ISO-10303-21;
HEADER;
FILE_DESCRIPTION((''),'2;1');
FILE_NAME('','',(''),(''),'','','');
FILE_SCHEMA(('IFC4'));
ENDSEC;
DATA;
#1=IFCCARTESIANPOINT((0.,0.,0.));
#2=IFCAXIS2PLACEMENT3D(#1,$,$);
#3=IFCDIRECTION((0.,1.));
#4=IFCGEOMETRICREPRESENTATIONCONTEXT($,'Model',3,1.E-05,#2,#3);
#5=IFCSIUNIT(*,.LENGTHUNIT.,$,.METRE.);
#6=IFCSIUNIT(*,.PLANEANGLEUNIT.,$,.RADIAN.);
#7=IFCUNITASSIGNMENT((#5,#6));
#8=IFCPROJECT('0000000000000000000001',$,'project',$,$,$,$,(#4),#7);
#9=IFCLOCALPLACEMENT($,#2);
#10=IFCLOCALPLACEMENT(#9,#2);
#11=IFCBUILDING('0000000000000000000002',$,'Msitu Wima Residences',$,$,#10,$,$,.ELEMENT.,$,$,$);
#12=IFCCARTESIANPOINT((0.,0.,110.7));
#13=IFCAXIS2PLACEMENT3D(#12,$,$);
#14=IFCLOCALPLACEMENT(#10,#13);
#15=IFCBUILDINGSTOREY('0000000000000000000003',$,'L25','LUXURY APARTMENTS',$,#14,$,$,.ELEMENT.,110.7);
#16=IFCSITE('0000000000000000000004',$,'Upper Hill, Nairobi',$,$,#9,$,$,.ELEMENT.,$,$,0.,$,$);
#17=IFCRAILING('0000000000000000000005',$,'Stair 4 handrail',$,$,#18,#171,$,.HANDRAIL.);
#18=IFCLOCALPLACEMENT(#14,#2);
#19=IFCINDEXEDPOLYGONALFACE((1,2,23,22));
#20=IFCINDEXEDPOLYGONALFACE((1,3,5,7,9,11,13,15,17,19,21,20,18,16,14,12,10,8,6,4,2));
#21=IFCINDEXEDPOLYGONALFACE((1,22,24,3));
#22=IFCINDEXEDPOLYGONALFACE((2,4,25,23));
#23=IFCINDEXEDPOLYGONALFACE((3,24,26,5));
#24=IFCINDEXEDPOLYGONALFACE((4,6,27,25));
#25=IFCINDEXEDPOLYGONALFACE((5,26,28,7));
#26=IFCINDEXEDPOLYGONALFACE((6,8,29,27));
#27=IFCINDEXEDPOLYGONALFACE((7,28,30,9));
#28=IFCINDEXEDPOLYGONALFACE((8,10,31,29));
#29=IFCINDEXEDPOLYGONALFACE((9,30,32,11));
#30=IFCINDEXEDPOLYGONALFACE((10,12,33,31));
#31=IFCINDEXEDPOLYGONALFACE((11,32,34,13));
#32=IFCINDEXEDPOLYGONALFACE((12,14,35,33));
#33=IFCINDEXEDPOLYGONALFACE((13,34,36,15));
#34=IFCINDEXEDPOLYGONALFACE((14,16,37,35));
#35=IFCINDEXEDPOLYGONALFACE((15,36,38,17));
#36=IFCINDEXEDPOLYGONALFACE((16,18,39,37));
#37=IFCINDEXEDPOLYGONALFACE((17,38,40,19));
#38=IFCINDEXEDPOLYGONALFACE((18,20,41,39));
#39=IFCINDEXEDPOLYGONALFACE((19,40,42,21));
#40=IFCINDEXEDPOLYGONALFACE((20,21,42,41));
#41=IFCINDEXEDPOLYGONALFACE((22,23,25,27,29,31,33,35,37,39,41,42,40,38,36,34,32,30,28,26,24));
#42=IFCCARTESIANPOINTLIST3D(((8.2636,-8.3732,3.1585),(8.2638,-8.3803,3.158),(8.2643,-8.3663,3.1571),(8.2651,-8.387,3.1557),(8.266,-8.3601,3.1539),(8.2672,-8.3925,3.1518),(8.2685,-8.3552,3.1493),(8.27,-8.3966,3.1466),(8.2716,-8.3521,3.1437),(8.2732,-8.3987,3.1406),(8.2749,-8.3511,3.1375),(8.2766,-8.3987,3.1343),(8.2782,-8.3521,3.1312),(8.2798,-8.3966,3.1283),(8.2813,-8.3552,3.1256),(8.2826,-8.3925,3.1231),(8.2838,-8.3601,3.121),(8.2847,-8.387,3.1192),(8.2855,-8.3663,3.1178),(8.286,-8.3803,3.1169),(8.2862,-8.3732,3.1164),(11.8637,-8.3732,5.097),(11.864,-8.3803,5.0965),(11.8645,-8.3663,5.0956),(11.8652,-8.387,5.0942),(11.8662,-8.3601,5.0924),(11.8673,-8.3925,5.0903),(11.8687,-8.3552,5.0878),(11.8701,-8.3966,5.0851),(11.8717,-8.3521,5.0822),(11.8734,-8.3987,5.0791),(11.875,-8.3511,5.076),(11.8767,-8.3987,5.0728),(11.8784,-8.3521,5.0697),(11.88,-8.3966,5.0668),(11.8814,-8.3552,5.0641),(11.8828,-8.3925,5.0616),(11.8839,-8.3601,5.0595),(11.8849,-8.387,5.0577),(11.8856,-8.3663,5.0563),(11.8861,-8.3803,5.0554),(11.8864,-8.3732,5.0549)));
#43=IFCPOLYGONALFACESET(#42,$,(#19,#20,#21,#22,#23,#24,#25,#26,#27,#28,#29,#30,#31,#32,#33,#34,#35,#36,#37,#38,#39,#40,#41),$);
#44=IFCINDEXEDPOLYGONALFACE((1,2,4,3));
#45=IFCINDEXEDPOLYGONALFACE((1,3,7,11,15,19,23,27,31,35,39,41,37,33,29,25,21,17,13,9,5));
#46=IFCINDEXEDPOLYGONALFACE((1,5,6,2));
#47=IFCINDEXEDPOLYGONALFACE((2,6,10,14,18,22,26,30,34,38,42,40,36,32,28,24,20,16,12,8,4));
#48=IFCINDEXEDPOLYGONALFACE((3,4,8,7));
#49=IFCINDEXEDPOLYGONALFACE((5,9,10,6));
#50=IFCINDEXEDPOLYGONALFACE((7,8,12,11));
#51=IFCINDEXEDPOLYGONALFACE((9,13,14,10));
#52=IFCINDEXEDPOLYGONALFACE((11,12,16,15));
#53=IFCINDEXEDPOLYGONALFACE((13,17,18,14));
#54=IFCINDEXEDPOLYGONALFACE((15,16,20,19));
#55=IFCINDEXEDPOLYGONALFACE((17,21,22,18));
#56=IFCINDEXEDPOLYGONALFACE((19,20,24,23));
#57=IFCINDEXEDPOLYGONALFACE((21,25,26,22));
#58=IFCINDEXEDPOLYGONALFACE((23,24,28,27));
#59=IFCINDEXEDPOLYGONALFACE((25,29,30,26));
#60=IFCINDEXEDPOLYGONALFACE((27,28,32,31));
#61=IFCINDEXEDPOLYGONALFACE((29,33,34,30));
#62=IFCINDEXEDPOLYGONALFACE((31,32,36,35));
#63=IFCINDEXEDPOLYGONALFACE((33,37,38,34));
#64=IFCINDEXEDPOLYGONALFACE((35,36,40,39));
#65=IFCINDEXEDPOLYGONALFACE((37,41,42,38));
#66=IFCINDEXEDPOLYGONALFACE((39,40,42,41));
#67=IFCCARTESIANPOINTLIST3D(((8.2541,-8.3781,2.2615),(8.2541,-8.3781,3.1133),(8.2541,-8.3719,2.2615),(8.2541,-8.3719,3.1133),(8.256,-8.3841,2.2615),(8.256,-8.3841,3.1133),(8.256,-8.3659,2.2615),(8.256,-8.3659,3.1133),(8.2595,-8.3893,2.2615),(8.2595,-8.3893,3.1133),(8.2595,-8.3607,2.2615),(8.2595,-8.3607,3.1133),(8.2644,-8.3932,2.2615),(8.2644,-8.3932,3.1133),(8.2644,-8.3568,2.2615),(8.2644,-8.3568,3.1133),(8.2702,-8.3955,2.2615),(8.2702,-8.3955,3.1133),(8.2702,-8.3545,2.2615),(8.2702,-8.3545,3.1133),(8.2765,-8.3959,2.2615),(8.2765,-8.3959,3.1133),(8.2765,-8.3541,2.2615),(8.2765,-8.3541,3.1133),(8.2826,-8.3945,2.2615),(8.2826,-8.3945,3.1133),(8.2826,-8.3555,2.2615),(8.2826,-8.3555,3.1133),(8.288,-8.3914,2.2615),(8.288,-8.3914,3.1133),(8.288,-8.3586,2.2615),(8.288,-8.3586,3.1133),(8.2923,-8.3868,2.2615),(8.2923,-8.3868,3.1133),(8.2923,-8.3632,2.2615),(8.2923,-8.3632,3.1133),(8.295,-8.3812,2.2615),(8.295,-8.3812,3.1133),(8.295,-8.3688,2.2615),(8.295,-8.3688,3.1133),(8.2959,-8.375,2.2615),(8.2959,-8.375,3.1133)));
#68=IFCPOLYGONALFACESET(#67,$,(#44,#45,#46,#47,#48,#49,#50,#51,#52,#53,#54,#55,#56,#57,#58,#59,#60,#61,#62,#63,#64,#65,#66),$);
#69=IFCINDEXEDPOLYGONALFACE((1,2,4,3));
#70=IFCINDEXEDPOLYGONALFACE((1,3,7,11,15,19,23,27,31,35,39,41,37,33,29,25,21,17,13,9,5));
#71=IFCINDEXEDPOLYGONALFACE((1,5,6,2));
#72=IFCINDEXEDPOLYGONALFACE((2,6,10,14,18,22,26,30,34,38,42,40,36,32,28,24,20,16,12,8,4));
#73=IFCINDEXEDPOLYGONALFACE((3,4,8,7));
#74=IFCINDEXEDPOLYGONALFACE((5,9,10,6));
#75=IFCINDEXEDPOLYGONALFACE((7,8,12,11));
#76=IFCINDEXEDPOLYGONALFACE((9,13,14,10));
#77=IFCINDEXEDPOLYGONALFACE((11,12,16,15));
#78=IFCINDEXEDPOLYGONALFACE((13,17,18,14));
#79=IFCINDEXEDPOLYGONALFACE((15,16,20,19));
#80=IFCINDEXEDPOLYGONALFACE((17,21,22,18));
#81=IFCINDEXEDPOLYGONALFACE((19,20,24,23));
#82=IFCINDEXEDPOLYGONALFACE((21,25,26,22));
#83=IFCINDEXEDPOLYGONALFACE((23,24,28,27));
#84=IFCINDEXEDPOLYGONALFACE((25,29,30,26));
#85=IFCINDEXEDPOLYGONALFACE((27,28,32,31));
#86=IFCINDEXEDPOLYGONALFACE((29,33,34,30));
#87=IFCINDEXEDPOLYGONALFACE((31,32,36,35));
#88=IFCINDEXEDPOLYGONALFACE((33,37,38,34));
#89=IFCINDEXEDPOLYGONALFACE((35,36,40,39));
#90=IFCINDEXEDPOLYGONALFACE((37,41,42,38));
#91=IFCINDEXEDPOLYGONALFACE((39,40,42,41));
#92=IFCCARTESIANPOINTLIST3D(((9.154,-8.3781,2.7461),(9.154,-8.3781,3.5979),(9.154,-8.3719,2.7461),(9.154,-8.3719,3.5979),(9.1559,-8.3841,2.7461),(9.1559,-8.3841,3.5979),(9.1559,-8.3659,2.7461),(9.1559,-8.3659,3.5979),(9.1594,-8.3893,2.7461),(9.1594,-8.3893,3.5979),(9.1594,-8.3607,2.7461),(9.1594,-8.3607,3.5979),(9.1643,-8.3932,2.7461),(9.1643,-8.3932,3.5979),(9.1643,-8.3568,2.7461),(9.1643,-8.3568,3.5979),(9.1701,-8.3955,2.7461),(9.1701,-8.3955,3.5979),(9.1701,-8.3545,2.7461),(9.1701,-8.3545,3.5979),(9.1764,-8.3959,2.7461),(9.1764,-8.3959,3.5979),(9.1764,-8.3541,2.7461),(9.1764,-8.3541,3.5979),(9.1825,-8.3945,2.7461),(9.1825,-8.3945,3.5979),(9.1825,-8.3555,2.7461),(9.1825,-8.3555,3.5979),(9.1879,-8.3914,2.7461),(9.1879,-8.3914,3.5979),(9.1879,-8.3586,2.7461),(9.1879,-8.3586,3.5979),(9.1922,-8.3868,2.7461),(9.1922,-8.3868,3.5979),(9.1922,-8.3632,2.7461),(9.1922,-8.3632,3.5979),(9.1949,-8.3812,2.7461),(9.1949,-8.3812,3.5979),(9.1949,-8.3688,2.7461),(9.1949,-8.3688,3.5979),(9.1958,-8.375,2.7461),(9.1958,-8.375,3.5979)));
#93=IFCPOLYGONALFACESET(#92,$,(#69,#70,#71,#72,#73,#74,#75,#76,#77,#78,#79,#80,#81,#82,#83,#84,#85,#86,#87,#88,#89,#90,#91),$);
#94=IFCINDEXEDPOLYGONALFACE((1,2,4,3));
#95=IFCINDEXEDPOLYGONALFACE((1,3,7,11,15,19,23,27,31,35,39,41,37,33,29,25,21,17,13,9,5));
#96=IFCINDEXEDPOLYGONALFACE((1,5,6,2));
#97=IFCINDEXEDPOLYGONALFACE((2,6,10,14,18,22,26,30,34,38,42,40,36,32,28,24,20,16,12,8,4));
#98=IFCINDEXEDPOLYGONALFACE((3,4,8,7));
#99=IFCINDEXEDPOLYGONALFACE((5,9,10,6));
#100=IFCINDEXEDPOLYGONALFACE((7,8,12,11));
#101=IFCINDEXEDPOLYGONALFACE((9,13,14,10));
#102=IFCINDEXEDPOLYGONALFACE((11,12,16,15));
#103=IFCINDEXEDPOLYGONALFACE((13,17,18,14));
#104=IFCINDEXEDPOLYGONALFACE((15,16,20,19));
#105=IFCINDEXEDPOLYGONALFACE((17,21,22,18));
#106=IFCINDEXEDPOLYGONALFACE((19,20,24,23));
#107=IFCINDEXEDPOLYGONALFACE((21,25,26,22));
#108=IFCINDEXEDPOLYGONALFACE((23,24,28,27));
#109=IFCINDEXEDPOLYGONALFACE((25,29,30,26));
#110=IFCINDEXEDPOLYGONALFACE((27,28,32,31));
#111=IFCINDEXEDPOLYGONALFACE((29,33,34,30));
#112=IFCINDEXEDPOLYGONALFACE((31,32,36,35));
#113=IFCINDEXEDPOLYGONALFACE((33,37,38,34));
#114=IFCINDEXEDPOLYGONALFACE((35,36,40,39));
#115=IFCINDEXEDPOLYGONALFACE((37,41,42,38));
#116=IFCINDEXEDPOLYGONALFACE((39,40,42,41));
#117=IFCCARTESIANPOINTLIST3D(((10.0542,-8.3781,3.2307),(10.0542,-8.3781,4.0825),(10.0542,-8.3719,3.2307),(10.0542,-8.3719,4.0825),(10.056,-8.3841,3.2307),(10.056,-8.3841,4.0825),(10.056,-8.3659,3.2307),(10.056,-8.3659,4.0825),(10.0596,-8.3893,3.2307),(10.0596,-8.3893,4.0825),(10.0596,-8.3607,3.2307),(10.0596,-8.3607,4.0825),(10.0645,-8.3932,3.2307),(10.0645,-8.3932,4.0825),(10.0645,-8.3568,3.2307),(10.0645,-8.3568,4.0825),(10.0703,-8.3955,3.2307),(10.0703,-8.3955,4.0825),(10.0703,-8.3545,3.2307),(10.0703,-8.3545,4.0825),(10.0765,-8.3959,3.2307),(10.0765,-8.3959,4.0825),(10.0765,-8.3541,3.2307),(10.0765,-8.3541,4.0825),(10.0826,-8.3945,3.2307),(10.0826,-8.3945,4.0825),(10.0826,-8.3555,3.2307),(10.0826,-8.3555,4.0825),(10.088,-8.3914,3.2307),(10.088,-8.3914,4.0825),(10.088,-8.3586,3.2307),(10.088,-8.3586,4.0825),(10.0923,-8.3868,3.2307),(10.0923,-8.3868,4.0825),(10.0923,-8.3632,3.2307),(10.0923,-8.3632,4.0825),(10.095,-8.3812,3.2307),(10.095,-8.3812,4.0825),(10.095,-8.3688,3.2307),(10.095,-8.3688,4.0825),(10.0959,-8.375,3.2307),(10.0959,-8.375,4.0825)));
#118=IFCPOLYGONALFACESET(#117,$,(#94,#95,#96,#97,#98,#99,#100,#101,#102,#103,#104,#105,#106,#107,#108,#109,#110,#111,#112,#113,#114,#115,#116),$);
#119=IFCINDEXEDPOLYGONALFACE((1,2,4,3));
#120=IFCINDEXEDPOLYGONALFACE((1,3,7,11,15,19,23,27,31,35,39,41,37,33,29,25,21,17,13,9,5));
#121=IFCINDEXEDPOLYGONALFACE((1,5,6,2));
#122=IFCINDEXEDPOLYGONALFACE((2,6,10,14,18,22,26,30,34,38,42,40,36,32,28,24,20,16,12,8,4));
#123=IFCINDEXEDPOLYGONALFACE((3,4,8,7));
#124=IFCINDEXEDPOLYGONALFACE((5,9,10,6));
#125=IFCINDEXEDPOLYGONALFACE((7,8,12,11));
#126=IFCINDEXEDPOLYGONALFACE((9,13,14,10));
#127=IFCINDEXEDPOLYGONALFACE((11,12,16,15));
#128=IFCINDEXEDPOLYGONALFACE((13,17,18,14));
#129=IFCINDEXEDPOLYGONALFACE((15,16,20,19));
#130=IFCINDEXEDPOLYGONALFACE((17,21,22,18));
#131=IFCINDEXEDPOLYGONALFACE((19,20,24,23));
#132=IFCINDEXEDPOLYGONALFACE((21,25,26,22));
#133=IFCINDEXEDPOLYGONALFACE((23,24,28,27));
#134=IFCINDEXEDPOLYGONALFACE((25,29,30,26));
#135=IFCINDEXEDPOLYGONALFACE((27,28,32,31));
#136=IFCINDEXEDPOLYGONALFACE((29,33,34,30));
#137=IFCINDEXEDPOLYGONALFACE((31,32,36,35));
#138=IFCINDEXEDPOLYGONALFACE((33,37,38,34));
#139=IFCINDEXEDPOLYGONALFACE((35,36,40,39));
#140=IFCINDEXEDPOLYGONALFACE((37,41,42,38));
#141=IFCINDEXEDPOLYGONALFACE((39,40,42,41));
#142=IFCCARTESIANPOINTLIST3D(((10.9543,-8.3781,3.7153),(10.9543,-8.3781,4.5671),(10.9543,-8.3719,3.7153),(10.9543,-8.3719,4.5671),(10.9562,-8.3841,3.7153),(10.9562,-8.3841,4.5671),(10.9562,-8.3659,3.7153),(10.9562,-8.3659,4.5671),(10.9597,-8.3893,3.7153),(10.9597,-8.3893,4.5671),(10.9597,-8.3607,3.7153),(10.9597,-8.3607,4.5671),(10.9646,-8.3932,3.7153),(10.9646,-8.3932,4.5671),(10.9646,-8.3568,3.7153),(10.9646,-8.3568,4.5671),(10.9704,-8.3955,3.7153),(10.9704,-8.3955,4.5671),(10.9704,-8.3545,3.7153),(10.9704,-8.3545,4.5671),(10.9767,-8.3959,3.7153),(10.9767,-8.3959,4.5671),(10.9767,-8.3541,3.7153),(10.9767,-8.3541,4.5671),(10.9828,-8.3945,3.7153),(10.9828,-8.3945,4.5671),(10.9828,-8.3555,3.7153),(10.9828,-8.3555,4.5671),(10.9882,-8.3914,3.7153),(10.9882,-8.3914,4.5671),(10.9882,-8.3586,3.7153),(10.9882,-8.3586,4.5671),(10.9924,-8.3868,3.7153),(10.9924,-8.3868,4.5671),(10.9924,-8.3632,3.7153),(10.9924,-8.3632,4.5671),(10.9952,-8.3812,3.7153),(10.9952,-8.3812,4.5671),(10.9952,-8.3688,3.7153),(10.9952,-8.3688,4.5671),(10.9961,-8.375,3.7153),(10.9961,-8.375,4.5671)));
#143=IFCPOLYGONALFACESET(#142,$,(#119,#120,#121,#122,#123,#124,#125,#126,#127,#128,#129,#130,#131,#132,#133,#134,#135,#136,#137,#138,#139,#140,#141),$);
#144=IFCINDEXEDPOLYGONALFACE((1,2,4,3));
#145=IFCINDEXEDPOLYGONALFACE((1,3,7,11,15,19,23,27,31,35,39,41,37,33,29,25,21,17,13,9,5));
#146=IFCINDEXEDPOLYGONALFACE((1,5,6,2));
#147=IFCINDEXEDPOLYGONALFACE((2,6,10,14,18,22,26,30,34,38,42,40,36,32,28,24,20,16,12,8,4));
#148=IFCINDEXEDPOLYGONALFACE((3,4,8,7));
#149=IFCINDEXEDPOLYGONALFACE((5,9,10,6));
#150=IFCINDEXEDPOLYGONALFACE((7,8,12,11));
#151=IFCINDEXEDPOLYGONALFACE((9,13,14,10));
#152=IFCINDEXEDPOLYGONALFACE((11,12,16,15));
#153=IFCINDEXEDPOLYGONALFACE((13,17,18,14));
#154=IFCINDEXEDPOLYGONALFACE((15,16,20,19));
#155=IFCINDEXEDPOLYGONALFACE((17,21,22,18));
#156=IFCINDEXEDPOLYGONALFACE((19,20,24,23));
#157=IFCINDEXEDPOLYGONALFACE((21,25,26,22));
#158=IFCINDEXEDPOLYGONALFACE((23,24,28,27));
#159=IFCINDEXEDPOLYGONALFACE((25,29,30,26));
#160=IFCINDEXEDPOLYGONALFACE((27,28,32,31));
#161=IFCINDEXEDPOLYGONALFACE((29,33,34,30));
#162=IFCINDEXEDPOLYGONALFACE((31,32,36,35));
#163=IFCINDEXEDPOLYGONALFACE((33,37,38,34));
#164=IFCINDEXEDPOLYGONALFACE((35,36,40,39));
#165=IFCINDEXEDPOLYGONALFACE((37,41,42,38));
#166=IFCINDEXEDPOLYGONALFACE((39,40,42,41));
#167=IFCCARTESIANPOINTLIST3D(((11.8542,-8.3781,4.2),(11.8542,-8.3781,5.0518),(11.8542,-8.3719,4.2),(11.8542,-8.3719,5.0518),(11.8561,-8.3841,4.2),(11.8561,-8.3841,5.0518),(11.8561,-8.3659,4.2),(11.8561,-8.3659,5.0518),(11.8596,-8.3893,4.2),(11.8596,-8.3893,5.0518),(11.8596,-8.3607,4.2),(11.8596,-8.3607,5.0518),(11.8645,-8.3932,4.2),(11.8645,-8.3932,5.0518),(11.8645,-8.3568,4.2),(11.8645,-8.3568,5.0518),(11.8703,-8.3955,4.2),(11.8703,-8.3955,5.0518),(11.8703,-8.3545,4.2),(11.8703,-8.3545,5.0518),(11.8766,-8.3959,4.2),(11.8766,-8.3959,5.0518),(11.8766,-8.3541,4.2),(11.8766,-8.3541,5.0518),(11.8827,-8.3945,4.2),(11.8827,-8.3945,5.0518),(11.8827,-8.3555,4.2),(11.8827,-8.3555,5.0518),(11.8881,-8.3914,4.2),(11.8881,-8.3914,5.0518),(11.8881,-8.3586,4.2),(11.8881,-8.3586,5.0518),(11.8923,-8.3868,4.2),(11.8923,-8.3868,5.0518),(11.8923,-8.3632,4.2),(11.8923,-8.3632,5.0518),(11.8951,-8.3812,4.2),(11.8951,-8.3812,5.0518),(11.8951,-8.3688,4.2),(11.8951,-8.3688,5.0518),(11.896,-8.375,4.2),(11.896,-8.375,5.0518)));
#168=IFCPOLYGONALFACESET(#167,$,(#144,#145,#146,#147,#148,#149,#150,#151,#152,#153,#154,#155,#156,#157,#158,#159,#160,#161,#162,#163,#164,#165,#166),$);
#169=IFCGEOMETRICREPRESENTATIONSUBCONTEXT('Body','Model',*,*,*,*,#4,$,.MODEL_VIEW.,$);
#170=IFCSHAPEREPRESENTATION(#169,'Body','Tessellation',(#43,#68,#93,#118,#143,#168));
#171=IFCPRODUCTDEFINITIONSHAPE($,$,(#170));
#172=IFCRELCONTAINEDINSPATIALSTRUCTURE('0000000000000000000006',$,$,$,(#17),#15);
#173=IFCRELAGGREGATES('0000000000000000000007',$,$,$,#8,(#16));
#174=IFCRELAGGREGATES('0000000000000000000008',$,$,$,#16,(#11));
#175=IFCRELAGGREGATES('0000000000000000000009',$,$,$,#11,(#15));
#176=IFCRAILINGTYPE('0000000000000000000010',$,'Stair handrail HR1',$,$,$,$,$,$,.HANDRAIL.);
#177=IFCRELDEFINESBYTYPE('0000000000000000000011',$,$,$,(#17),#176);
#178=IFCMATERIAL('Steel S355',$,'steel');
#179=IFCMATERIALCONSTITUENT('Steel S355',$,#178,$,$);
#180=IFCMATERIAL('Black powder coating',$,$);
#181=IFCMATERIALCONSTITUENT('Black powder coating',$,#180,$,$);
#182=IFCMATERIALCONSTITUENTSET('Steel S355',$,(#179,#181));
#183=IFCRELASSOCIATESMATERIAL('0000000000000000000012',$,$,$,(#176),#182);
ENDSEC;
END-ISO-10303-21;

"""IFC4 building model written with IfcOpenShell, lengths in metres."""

from ifc_helpers import new_model, si_unit, direction, frame, origin, origin_2d, place, context, subcontext, project, spatial, circle, extrude, material, constituent, constituent_set, type_object, element, save


model = new_model("IFC4")

# Units and contexts
model_context = context("Model", 3, precision=1e-05, world=origin(), true_north=direction((0.0, 1.0)))
body_context = subcontext(model_context, "Body", "Model", "MODEL_VIEW")
ifc_project = project(units=[si_unit("LENGTHUNIT", "METRE"), si_unit("PLANEANGLEUNIT", "RADIAN")], contexts=[model_context])

# Site, building, storey
site_placement = place(None, origin())
site = spatial("IfcSite", under=ifc_project, at=site_placement, Name="Upper Hill, Nairobi", CompositionType="ELEMENT", RefElevation=0.0)
building_placement = place(site_placement, origin())
building = spatial("IfcBuilding", under=site, at=building_placement, Name="Msitu Wima Residences", CompositionType="ELEMENT")
storey_placement = place(building_placement, frame((0.0, 0.0, 110.7)))
storey = spatial("IfcBuildingStorey", under=building, at=storey_placement, Name="L25", Description="LUXURY APARTMENTS", CompositionType="ELEMENT", Elevation=110.7)

# Railing
ifc_material_1 = material(Name="Steel S355", Category="steel")
ifc_constituent_1 = constituent(ifc_material_1, Name="Steel S355")
ifc_material_2 = material(Name="Black powder coating")
ifc_constituent_2 = constituent(ifc_material_2, Name="Black powder coating")
ifc_constituent_set = constituent_set(constituents=[ifc_constituent_1, ifc_constituent_2], Name="Steel S355")
railing_type = type_object("IfcRailingType", Name="Stair handrail HR1", PredefinedType="HANDRAIL", material=ifc_constituent_set)
for number, where, name in (
    (1, (8.2749, -8.375, 2.2615), "Stair 4 handrail"),
):
    element("IfcRailing", number, at=place(storey_placement, frame(where)), inside=storey, type_object=railing_type, Name=name, PredefinedType="HANDRAIL", context=body_context, shape_type="SweptSolid", body=[
        extrude(circle(Radius=0.0239, at=origin_2d()), frame((0.0, 0.0, 0.876), z_axis=(0.880475, 0.0, 0.474093), x_axis=(0.0, 1.0, 0.0)), (0.0, 0.0, 1.0), 4.0889),
        extrude(circle(Radius=0.021, at=origin_2d()), origin(), (0.0, 0.0, 1.0), 0.8518),
        extrude(circle(Radius=0.021, at=origin_2d()), frame((0.8999, 0.0, 0.4846)), (0.0, 0.0, 1.0), 0.8518),
        extrude(circle(Radius=0.021, at=origin_2d()), frame((1.8, 0.0, 0.9692)), (0.0, 0.0, 1.0), 0.8518),
        extrude(circle(Radius=0.021, at=origin_2d()), frame((2.7002, 0.0, 1.4539)), (0.0, 0.0, 1.0), 0.8518),
        extrude(circle(Radius=0.021, at=origin_2d()), frame((3.6001, 0.0, 1.9385)), (0.0, 0.0, 1.0), 0.8518),
    ])

save(model, "model.ifc")
